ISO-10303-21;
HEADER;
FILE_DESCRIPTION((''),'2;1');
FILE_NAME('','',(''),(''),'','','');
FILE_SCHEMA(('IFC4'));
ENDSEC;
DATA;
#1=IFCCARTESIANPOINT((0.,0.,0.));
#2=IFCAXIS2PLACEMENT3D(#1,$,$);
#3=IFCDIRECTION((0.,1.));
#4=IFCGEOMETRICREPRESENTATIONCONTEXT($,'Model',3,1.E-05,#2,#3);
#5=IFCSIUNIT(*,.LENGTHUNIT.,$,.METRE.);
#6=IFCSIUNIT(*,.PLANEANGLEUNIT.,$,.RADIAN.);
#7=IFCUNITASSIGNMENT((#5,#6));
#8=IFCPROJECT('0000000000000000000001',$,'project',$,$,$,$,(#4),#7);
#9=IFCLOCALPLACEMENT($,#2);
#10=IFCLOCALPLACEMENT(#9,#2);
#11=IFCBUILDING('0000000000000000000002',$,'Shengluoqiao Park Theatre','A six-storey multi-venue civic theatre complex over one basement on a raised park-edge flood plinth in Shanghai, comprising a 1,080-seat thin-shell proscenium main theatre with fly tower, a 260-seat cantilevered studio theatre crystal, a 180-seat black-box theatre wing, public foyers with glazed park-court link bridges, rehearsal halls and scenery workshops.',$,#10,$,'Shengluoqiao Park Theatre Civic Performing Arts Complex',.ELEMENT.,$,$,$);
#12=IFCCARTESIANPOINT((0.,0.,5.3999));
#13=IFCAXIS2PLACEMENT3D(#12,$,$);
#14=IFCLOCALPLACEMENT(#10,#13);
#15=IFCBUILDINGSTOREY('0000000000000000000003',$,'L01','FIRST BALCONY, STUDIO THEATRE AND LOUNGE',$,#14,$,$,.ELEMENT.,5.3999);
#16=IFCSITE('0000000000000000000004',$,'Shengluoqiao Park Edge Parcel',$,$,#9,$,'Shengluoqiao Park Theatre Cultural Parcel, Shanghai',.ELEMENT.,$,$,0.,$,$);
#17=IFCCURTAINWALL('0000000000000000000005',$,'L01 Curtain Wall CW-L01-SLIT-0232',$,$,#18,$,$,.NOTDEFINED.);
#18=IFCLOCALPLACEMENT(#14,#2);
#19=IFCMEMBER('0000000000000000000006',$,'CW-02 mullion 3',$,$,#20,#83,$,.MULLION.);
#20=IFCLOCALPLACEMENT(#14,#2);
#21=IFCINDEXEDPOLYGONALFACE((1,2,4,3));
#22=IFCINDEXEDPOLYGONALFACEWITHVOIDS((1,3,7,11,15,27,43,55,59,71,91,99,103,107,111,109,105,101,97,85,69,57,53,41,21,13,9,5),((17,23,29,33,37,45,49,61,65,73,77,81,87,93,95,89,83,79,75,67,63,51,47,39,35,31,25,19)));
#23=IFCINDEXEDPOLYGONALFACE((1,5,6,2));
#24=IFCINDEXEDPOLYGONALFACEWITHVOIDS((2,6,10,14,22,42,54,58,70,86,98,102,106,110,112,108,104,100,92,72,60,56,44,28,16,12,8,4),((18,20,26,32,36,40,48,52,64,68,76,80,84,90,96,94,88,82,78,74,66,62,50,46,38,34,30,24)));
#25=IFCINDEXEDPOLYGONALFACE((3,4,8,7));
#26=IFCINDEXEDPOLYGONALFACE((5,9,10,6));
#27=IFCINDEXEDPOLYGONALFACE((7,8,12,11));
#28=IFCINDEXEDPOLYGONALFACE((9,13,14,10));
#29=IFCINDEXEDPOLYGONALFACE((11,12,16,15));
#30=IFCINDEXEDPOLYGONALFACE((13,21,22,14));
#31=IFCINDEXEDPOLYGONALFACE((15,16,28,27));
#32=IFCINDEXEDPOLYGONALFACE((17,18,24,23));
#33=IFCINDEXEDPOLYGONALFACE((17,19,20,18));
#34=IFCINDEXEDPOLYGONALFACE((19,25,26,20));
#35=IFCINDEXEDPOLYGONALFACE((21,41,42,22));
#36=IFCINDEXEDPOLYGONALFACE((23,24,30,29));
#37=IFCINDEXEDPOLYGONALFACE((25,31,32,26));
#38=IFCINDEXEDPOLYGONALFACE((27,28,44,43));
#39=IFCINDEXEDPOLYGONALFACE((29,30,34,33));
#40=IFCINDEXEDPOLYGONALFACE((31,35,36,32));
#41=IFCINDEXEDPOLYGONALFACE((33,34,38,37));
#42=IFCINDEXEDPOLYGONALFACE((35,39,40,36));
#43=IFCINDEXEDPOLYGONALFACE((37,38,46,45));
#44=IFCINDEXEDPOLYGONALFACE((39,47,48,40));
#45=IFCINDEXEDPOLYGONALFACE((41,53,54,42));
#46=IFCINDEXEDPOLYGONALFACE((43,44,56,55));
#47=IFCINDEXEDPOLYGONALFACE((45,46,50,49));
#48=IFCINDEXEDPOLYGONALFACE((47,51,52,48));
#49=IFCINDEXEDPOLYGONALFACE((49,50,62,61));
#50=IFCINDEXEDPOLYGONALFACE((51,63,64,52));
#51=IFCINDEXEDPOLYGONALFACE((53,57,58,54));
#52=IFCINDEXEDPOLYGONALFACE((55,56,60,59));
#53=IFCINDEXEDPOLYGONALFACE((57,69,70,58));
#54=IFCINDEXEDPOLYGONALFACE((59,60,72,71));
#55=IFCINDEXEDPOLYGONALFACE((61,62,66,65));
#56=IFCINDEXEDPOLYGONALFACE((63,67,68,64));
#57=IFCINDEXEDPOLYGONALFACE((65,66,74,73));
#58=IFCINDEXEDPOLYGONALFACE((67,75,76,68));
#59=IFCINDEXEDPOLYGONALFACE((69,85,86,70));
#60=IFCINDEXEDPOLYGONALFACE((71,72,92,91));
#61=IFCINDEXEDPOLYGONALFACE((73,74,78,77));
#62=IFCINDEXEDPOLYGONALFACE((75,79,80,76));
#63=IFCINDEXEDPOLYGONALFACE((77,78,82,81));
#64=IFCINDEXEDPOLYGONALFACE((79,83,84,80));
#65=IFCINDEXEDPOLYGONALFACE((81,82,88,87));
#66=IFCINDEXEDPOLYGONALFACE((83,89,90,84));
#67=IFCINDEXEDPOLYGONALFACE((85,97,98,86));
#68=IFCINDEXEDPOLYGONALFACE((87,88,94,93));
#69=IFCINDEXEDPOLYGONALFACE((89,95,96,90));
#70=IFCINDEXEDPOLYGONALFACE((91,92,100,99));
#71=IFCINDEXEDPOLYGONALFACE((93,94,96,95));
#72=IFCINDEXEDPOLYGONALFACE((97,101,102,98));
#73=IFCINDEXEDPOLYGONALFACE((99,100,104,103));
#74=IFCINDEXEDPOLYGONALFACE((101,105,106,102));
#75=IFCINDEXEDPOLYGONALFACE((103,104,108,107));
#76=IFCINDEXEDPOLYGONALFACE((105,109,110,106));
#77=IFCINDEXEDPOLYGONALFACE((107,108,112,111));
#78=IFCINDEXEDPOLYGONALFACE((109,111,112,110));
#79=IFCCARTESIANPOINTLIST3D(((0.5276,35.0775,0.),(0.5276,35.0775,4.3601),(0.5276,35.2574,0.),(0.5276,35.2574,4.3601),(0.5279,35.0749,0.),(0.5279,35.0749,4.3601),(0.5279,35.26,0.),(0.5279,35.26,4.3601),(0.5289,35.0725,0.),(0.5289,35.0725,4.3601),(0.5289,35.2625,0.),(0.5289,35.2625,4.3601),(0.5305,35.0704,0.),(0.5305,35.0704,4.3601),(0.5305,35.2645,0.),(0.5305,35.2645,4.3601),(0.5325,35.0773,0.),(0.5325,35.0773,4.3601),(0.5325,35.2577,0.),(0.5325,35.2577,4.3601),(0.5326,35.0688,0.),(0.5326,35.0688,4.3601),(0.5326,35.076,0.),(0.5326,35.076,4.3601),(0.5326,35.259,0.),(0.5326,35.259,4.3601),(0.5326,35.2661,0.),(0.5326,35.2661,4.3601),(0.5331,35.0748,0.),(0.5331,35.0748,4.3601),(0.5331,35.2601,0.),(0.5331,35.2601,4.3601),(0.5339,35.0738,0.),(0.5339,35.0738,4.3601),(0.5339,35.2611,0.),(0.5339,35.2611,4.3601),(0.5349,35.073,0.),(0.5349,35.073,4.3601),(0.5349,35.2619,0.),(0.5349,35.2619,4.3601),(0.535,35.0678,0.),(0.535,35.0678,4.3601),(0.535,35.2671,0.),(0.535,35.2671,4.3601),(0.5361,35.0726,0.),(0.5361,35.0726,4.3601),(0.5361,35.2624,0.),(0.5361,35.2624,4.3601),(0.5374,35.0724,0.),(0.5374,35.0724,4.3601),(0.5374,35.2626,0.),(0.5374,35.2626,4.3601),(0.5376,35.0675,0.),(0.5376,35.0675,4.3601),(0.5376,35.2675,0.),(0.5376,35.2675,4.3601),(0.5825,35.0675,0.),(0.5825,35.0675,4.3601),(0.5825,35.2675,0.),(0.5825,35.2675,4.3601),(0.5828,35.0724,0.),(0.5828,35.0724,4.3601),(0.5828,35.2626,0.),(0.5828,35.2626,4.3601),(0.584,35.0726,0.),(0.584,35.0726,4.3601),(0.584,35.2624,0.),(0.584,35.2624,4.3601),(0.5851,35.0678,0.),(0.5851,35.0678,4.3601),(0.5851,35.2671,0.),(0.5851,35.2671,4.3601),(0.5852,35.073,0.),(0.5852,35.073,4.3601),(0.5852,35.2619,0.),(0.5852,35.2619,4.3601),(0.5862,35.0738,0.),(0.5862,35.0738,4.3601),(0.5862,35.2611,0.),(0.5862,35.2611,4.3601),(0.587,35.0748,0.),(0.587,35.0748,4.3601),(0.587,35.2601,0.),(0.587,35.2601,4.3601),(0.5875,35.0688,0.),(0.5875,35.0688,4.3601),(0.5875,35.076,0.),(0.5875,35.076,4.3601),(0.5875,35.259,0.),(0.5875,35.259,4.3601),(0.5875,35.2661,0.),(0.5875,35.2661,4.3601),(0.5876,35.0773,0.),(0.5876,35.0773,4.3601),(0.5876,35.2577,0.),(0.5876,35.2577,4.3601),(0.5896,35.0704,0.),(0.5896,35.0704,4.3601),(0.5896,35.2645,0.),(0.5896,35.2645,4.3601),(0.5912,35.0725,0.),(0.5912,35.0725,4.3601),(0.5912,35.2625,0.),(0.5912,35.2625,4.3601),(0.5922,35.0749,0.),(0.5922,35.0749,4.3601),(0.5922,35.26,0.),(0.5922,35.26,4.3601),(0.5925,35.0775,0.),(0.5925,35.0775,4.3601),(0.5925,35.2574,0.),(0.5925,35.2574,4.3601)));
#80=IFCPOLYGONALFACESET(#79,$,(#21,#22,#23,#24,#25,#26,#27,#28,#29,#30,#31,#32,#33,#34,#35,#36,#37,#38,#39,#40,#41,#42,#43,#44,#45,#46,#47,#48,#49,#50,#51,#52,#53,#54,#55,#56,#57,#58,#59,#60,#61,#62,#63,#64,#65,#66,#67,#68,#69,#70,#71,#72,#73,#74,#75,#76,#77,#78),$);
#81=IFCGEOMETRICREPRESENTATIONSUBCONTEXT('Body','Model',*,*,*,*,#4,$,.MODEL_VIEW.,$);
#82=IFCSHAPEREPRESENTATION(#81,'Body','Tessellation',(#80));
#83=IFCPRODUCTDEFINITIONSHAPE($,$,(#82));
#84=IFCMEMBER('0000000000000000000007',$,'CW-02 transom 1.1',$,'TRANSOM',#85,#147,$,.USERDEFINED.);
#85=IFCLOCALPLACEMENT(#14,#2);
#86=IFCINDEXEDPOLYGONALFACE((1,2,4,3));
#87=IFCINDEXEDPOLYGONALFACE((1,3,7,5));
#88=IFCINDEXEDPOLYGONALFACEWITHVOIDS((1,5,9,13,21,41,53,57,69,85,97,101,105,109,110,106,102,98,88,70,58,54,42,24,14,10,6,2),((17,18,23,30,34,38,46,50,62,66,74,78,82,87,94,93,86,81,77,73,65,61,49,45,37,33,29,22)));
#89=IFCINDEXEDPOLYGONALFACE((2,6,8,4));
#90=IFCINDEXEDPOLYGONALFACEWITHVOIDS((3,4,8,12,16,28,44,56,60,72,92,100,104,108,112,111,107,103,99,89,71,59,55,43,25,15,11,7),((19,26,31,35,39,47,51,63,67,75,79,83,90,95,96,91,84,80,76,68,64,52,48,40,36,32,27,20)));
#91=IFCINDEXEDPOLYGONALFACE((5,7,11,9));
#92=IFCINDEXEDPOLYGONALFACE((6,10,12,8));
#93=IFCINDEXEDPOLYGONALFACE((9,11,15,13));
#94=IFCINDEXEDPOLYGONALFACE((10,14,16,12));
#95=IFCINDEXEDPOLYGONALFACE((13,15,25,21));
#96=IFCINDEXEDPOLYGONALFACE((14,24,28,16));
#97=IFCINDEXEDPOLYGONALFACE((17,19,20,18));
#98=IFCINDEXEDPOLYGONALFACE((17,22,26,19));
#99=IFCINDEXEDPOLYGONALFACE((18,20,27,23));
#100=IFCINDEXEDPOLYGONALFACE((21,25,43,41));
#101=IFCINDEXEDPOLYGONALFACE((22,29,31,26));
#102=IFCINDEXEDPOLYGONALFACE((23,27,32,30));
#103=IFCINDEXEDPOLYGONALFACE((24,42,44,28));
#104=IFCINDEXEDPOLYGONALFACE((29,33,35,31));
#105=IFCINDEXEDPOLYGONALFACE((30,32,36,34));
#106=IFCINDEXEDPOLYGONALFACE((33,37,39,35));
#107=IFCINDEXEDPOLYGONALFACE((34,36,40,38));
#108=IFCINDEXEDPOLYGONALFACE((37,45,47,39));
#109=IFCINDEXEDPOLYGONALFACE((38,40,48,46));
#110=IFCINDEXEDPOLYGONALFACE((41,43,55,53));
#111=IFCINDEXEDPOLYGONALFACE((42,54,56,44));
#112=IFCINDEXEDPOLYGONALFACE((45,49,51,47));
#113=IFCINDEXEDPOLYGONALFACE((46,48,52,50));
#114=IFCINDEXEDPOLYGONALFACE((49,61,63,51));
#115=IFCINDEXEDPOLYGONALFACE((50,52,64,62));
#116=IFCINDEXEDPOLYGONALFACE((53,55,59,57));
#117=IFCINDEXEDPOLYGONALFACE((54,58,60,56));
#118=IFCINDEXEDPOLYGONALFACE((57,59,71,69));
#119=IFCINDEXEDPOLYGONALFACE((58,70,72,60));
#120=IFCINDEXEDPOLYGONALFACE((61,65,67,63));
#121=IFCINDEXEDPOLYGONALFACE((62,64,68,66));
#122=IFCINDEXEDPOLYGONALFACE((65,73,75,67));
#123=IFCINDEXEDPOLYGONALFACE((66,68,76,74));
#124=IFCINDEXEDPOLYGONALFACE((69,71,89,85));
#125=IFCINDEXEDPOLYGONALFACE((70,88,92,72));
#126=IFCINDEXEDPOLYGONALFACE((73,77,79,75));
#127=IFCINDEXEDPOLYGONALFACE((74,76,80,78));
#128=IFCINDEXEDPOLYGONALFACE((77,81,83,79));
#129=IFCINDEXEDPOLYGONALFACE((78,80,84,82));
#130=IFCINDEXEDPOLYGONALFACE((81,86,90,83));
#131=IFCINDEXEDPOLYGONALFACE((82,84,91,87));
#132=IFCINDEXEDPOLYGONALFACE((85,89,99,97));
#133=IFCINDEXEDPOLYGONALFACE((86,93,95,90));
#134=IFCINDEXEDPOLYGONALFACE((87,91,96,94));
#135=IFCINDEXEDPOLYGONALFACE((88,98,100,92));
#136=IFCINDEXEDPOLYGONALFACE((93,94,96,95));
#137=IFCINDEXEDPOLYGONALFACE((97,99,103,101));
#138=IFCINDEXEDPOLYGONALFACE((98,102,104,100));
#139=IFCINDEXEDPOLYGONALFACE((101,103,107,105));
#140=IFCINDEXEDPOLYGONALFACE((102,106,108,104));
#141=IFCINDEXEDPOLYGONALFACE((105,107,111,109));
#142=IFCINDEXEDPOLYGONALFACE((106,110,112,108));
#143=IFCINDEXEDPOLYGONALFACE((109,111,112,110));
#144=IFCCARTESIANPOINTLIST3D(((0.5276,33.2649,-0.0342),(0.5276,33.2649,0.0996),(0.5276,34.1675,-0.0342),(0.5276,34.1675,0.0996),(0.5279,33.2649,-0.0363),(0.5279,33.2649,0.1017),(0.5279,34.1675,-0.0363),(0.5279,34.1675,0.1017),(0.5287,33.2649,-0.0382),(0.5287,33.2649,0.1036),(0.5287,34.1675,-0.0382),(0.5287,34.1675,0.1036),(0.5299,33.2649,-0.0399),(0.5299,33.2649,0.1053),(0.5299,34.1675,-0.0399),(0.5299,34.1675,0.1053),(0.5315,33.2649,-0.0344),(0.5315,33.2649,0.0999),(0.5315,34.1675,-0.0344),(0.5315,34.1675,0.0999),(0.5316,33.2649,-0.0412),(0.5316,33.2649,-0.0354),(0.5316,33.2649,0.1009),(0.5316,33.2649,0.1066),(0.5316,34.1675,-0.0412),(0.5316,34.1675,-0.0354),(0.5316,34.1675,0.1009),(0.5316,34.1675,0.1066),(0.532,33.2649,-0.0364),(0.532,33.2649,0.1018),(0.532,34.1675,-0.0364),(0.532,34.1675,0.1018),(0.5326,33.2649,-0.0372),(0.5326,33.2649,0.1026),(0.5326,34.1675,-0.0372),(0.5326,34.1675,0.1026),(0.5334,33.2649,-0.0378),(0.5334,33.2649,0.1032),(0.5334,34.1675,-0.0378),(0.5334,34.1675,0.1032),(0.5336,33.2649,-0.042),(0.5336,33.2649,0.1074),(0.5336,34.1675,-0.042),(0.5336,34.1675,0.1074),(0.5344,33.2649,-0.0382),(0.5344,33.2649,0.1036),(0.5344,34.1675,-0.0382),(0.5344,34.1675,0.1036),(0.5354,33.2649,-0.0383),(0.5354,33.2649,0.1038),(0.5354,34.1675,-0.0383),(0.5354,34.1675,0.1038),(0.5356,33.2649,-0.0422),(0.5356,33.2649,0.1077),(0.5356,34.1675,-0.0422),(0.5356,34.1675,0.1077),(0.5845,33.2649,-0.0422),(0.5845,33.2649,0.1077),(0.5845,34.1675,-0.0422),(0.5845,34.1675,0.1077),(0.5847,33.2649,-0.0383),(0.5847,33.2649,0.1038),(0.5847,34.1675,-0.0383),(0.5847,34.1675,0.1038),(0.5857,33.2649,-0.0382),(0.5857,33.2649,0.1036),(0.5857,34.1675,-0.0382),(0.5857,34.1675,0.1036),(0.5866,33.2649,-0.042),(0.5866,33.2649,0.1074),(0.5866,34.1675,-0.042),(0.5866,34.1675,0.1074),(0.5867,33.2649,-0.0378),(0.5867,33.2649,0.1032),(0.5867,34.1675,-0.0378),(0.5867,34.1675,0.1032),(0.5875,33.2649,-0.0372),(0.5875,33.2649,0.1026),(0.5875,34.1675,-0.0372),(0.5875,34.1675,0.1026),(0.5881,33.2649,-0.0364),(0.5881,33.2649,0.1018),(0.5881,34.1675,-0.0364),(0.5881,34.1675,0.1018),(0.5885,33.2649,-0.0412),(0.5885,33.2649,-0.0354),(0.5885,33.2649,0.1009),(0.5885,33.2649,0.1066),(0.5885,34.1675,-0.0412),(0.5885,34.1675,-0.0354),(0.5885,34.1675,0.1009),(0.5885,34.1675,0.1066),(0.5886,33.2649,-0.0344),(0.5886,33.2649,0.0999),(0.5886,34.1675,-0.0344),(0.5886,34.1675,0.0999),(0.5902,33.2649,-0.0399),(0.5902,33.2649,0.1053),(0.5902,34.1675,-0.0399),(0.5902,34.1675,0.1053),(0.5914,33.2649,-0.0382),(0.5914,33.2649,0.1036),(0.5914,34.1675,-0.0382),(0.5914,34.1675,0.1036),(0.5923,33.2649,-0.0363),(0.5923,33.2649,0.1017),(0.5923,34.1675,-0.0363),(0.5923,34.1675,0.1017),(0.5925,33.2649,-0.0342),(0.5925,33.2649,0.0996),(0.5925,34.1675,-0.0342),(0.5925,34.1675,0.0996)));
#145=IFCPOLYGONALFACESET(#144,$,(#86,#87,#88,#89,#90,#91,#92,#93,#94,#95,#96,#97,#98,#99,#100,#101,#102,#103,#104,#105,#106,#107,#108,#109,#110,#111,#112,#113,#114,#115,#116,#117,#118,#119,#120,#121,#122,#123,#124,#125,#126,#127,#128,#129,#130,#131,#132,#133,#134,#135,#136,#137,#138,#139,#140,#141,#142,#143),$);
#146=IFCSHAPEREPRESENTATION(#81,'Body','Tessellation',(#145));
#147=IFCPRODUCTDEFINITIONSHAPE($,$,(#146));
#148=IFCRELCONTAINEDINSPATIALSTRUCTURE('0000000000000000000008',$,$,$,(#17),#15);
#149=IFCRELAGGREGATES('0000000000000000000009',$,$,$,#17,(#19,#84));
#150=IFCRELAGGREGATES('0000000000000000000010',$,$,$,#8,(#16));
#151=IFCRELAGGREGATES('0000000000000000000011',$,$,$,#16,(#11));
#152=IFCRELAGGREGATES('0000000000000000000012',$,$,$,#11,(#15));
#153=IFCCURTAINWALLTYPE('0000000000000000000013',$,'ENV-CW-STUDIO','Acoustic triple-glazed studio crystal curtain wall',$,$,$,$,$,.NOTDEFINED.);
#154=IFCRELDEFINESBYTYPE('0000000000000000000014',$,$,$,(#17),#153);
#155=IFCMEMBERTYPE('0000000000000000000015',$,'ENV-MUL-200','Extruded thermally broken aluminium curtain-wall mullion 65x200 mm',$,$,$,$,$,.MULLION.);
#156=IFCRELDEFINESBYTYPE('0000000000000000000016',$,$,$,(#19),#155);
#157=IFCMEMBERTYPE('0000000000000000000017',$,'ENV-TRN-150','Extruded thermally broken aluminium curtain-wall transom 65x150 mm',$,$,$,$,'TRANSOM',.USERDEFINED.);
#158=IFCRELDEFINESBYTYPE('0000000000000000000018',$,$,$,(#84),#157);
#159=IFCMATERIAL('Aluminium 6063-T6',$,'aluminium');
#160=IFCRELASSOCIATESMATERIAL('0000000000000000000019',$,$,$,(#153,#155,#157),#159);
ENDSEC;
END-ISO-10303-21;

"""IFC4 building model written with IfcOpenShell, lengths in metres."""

from ifc_helpers import new_model, si_unit, direction, frame, origin, origin_2d, place, context, subcontext, project, spatial, hollow_rectangle, extrude, material, material_profile, profile_set, type_object, element, aggregate, save


model = new_model("IFC4")

# Units and contexts
model_context = context("Model", 3, precision=1e-05, world=origin(), true_north=direction((0.0, 1.0)))
body_context = subcontext(model_context, "Body", "Model", "MODEL_VIEW")
ifc_project = project(units=[si_unit("LENGTHUNIT", "METRE"), si_unit("PLANEANGLEUNIT", "RADIAN")], contexts=[model_context])

# Site, building, storey
site_placement = place(None, origin())
site = spatial("IfcSite", under=ifc_project, at=site_placement, Name="Shengluoqiao Park Edge Parcel", LongName="Shengluoqiao Park Theatre Cultural Parcel, Shanghai", CompositionType="ELEMENT", RefElevation=0.0)
building_placement = place(site_placement, origin())
building = spatial("IfcBuilding", under=site, at=building_placement, Name="Shengluoqiao Park Theatre", Description="A six-storey multi-venue civic theatre complex over one basement on a raised park-edge flood plinth in Shanghai, comprising a 1,080-seat thin-shell proscenium main theatre with fly tower, a 260-seat cantilevered studio theatre crystal, a 180-seat black-box theatre wing, public foyers with glazed park-court link bridges, rehearsal halls and scenery workshops.", LongName="Shengluoqiao Park Theatre Civic Performing Arts Complex", CompositionType="ELEMENT")
storey_placement = place(building_placement, frame((0.0, 0.0, 5.3999)))
storey = spatial("IfcBuildingStorey", under=building, at=storey_placement, Name="L01", Description="FIRST BALCONY, STUDIO THEATRE AND LOUNGE", CompositionType="ELEMENT", Elevation=5.3999)

# Curtain wall, members
ifc_material_1 = material(Name="Aluminium 6063-T6", Category="aluminium")
curtain_wall_type = type_object("IfcCurtainWallType", Name="ENV-CW-STUDIO", Description="Acoustic triple-glazed studio crystal curtain wall", PredefinedType="NOTDEFINED", material=ifc_material_1)
curtain_wall_placement = place(storey_placement, origin())
curtain_wall = element("IfcCurtainWall", 1, at=curtain_wall_placement, inside=storey, type_object=curtain_wall_type, Name="L01 Curtain Wall CW-L01-SLIT-0232", PredefinedType="NOTDEFINED")
ifc_material_profile_1 = material_profile(ifc_material_1, hollow_rectangle(XDim=0.0649, YDim=0.2, WallThickness=0.0049, InnerFilletRadius=0.0049, OuterFilletRadius=0.01, at=origin_2d()), Name="ALU MULLION 200x65x5")
ifc_profile_set_1 = profile_set([ifc_material_profile_1], Name="Aluminium 6063-T6")
member_type_1 = type_object("IfcMemberType", Name="ENV-MUL-200", Description="Extruded thermally broken aluminium curtain-wall mullion 65x200 mm", PredefinedType="MULLION", material=ifc_profile_set_1)
member_1_placement = place(storey_placement, frame((0.5601, 35.1675, 0.0), z_axis=(0.0, 0.0, 1.0), x_axis=(-1.0, 0.0, 0.0)))
member_1 = element("IfcMember", 2, at=member_1_placement, type_object=member_type_1, Name="CW-02 mullion 3", PredefinedType="MULLION", context=body_context, shape_type="SweptSolid", body=[
    extrude(hollow_rectangle(XDim=0.0649, YDim=0.2, WallThickness=0.0049, InnerFilletRadius=0.0049, OuterFilletRadius=0.01, at=origin_2d()), origin(), (0.0, 0.0, 1.0), 4.3601),
])
ifc_material_profile_2 = material_profile(ifc_material_1, hollow_rectangle(XDim=0.0649, YDim=0.1499, WallThickness=0.0039, InnerFilletRadius=0.0039, OuterFilletRadius=0.0081, at=origin_2d()), Name="ALU TRANSOM 150x65x4")
ifc_profile_set_2 = profile_set([ifc_material_profile_2], Name="Aluminium 6063-T6")
member_type_2 = type_object("IfcMemberType", Name="ENV-TRN-150", Description="Extruded thermally broken aluminium curtain-wall transom 65x150 mm", ElementType="TRANSOM", PredefinedType="USERDEFINED", material=ifc_profile_set_2)
member_2_placement = place(storey_placement, frame((0.5601, 33.2649, 0.0327), z_axis=(0.0, 1.0, 0.0), x_axis=(-1.0, 0.0, 0.0)))
member_2 = element("IfcMember", 3, at=member_2_placement, type_object=member_type_2, Name="CW-02 transom 1.1", ObjectType="TRANSOM", PredefinedType="USERDEFINED", context=body_context, shape_type="SweptSolid", body=[
    extrude(hollow_rectangle(XDim=0.0649, YDim=0.1499, WallThickness=0.0039, InnerFilletRadius=0.0039, OuterFilletRadius=0.0081, at=origin_2d()), origin(), (0.0, 0.0, 1.0), 0.9026),
])

aggregate(curtain_wall, [member_1, member_2])

save(model, "model.ifc")
